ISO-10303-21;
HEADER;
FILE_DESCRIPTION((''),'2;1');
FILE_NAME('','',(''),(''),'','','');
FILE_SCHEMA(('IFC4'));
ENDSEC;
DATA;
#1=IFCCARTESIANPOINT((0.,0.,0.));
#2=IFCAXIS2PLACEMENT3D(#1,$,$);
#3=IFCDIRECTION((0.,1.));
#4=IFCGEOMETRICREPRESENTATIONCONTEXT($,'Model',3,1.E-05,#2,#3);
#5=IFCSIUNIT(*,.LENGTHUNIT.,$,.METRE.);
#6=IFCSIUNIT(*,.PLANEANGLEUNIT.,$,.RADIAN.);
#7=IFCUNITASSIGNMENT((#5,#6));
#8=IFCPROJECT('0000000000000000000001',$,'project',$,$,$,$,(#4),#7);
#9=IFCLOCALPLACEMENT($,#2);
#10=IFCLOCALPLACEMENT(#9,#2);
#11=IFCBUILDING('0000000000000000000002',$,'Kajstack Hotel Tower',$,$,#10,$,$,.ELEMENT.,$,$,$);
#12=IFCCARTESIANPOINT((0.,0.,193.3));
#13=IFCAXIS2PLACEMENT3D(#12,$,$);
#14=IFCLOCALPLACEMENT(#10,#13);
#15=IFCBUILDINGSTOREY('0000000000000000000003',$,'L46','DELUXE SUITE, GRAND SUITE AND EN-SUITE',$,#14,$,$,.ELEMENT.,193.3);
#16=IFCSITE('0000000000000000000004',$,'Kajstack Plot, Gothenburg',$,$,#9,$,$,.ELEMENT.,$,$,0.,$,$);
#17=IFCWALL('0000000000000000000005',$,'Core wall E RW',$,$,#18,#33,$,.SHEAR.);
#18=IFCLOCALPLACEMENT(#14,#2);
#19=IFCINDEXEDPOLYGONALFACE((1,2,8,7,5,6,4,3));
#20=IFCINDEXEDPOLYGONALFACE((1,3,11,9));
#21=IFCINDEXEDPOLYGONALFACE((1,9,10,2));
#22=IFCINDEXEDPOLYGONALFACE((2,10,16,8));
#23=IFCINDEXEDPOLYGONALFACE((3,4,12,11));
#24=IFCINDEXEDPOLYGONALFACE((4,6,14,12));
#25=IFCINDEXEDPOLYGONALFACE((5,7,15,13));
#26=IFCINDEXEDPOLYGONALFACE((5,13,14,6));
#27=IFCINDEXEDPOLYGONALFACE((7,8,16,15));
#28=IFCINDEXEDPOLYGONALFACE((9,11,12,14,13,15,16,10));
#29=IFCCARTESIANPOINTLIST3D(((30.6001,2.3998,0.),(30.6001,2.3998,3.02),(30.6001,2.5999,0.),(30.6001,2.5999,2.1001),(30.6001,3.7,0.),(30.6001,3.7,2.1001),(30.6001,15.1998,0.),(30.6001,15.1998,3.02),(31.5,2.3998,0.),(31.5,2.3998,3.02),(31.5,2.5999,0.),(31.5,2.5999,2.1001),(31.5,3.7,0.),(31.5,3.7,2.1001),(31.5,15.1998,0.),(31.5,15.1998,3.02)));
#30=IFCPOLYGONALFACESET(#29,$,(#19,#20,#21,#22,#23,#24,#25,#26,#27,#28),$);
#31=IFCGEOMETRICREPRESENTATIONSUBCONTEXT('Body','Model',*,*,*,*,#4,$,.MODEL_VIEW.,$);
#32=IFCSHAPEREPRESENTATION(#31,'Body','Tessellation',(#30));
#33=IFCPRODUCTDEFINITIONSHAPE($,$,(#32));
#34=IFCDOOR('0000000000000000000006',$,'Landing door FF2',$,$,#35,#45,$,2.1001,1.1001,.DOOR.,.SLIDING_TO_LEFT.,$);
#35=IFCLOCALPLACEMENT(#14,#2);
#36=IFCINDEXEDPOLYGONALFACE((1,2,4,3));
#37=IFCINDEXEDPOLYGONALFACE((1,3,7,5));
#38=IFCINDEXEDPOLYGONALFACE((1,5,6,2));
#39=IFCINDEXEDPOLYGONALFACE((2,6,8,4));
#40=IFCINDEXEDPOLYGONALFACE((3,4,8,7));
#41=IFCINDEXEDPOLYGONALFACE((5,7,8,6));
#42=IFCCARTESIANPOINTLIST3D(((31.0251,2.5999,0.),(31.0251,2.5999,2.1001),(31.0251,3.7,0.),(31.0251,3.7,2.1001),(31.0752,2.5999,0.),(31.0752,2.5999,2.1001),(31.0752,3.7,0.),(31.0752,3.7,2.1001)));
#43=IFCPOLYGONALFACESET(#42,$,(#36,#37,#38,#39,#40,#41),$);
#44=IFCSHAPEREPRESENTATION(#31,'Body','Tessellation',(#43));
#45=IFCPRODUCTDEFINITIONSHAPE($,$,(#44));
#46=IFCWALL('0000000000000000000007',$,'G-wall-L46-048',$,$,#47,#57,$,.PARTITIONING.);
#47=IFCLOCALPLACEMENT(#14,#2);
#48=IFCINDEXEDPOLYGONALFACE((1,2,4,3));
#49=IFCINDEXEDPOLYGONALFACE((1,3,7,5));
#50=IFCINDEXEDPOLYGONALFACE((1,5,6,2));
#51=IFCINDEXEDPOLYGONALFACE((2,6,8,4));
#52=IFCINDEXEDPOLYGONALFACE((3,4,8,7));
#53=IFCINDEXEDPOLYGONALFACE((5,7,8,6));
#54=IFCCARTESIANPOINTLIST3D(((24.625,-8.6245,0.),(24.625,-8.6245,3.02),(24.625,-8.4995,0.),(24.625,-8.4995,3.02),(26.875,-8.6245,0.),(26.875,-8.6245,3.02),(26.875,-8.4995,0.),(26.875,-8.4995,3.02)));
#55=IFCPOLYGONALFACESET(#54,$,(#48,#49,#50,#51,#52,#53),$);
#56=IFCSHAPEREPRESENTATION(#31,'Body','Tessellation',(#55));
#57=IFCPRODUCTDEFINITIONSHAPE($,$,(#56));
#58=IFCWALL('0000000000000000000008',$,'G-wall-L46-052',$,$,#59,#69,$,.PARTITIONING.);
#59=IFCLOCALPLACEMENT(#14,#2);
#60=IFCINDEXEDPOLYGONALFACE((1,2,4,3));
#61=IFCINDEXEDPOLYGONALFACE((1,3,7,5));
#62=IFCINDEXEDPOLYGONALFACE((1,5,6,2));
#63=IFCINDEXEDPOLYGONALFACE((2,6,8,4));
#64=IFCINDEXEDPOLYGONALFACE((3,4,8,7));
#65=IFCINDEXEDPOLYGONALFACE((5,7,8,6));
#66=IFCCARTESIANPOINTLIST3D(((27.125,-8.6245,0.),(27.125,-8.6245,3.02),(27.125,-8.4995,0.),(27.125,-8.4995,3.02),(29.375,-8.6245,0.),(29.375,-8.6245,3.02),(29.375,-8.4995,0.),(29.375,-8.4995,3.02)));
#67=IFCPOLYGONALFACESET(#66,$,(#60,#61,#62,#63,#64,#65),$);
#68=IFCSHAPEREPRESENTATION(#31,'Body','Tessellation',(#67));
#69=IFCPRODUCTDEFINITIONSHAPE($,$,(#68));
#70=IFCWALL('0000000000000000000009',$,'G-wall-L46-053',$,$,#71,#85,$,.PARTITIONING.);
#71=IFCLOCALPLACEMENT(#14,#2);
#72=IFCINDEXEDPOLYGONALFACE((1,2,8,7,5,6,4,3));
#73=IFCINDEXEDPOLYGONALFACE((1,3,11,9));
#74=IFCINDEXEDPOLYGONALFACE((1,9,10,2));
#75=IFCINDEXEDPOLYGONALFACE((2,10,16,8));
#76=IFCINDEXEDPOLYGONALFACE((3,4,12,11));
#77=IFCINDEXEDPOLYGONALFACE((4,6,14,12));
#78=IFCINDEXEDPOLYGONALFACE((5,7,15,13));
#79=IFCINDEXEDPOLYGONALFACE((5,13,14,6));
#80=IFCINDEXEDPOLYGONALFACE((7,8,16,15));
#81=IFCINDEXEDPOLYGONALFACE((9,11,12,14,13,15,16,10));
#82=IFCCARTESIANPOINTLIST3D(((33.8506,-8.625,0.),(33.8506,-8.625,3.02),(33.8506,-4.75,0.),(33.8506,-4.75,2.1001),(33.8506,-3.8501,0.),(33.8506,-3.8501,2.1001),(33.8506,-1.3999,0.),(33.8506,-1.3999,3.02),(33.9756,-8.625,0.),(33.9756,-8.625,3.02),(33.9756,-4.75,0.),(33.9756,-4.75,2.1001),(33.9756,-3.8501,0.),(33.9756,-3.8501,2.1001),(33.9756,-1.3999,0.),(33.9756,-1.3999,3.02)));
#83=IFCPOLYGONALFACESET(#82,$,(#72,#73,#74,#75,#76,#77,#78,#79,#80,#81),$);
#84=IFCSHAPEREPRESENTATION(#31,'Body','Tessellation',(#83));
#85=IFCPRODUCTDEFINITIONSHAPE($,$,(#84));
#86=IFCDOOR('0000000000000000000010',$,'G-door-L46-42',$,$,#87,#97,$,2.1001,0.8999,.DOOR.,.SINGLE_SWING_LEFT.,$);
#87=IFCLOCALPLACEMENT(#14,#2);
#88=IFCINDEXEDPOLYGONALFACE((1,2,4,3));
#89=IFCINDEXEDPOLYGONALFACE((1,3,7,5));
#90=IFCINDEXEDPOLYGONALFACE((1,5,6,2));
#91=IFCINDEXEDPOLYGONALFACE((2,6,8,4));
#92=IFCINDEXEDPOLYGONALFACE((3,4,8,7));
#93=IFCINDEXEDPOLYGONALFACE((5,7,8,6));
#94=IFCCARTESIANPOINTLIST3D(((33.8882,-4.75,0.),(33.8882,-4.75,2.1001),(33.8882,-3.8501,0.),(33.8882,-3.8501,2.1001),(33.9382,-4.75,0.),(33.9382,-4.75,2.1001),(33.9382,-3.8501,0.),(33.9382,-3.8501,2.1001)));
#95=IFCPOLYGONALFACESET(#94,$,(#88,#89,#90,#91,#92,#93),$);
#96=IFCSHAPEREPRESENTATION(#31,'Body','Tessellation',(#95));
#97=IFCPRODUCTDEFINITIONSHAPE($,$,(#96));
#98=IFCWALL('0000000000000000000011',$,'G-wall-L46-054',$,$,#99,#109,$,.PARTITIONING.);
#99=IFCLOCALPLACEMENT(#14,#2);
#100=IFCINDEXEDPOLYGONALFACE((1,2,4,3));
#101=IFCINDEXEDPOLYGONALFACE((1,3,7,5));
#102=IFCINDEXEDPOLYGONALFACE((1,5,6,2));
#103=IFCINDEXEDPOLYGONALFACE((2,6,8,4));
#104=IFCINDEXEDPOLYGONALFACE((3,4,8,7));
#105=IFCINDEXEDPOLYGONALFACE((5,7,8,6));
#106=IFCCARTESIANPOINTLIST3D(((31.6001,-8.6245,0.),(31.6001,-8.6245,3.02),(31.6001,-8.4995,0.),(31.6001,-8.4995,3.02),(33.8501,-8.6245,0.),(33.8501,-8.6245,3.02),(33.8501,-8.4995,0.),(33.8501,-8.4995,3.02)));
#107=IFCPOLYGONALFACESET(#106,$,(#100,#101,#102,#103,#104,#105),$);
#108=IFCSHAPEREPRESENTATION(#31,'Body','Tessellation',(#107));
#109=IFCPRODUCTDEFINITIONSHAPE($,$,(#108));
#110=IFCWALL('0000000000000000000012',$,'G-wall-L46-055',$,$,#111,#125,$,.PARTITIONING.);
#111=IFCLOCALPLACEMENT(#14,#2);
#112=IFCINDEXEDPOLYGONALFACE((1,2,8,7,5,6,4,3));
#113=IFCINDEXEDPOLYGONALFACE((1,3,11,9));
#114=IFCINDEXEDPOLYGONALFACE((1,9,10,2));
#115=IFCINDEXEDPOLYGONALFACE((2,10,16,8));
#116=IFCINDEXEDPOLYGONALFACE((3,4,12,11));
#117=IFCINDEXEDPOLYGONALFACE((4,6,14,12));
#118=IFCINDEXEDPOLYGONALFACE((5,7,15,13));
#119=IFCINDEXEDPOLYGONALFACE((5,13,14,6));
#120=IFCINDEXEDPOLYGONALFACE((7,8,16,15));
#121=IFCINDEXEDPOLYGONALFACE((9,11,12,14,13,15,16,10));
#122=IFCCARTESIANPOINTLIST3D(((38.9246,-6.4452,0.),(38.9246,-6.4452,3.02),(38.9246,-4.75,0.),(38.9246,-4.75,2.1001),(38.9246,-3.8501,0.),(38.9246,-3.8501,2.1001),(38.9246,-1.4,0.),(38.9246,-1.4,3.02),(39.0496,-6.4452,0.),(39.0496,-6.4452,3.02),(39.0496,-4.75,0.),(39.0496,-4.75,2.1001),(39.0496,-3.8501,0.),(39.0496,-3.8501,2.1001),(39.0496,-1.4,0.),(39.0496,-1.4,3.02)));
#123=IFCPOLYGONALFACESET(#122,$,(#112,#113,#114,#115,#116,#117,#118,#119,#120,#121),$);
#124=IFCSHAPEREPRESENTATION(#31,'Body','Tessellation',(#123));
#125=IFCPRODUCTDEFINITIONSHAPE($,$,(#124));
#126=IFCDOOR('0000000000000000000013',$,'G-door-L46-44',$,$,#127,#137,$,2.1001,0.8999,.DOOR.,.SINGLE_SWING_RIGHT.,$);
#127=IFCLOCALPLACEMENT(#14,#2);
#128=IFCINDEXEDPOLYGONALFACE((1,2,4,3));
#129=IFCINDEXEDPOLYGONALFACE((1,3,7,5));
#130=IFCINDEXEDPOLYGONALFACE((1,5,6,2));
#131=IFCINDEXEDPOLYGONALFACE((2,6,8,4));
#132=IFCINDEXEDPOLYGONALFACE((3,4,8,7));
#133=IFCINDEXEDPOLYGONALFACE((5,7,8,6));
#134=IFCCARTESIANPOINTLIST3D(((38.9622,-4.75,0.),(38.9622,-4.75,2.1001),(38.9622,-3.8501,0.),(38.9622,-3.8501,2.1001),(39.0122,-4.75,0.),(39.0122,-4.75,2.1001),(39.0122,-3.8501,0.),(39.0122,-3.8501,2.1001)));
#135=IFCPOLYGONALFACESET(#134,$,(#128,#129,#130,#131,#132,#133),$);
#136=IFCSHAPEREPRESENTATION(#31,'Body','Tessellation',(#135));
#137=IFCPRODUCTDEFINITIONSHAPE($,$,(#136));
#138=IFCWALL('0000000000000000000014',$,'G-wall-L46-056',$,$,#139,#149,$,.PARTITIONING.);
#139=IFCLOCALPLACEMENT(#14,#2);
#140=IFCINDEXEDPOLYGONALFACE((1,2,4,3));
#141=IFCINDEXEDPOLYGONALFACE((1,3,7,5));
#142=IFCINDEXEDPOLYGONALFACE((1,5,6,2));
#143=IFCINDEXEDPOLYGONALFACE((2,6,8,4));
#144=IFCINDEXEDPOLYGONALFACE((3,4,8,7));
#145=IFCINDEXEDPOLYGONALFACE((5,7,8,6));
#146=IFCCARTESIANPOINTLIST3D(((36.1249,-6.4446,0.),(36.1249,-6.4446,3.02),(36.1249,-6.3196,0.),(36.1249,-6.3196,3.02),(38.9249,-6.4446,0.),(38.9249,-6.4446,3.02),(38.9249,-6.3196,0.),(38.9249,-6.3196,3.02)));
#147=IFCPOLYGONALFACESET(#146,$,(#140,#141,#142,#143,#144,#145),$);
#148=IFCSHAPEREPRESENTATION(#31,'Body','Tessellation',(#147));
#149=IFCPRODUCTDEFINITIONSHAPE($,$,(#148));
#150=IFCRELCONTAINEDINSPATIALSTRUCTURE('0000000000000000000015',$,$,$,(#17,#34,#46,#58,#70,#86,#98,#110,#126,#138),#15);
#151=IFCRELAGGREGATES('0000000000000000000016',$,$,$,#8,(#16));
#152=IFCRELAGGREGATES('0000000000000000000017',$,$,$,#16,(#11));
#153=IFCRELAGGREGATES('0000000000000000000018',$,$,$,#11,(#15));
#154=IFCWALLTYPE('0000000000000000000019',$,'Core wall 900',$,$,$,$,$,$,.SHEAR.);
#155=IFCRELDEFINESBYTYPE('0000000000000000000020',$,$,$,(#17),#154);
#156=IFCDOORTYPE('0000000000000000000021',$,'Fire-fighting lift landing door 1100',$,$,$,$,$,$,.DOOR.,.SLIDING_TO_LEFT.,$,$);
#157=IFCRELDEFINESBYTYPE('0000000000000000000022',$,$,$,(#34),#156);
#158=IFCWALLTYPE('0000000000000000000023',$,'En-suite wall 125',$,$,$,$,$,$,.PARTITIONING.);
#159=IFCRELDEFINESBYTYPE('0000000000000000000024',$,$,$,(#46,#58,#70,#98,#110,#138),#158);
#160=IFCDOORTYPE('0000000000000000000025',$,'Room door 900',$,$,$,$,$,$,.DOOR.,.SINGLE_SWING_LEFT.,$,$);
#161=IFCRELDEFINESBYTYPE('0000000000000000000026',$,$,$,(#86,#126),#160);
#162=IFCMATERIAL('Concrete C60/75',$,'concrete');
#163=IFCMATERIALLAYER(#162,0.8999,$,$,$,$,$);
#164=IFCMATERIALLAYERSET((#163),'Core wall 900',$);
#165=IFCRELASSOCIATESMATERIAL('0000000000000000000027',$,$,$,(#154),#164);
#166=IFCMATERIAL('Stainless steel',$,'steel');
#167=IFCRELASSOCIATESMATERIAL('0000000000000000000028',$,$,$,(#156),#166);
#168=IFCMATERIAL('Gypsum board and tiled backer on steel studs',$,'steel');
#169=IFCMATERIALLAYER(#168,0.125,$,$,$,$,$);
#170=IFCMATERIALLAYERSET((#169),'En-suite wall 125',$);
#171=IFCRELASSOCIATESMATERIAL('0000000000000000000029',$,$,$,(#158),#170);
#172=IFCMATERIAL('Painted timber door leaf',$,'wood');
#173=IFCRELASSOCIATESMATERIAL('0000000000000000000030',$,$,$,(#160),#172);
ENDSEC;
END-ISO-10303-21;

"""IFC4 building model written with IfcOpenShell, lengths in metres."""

from ifc_helpers import new_model, si_unit, direction, frame, frame_2d, origin, place, context, subcontext, project, spatial, rectangle, extrude, material, layer, layer_set, type_object, element, fill, save


model = new_model("IFC4")

# Units and contexts
model_context = context("Model", 3, precision=1e-05, world=origin(), true_north=direction((0.0, 1.0)))
body_context = subcontext(model_context, "Body", "Model", "MODEL_VIEW")
ifc_project = project(units=[si_unit("LENGTHUNIT", "METRE"), si_unit("PLANEANGLEUNIT", "RADIAN")], contexts=[model_context])

# Site, building, storey
site_placement = place(None, origin())
site = spatial("IfcSite", under=ifc_project, at=site_placement, Name="Kajstack Plot, Gothenburg", CompositionType="ELEMENT", RefElevation=0.0)
building_placement = place(site_placement, origin())
building = spatial("IfcBuilding", under=site, at=building_placement, Name="Kajstack Hotel Tower", CompositionType="ELEMENT")
storey_placement = place(building_placement, frame((0.0, 0.0, 193.3)))
storey = spatial("IfcBuildingStorey", under=building, at=storey_placement, Name="L46", Description="DELUXE SUITE, GRAND SUITE AND EN-SUITE", CompositionType="ELEMENT", Elevation=193.3)

# Wall, opening, door
ifc_material_1 = material(Name="Concrete C60/75", Category="concrete")
ifc_layer_1 = layer(ifc_material_1, 0.8999)
ifc_layer_set_1 = layer_set([ifc_layer_1], Name="Core wall 900")
wall_type_1 = type_object("IfcWallType", Name="Core wall 900", PredefinedType="SHEAR", material=ifc_layer_set_1)
wall_1_placement = place(storey_placement, frame((31.05, 2.3999, 0.0), z_axis=(0.0, 0.0, 1.0), x_axis=(0.0, 1.0, 0.0)))
wall_1 = element("IfcWall", 1, at=wall_1_placement, inside=storey, type_object=wall_type_1, Name="Core wall E RW", PredefinedType="SHEAR", context=body_context, shape_type="SweptSolid", body=[
    extrude(rectangle(XDim=12.8, YDim=0.8999, at=frame_2d((6.3999, 0.0))), origin(), (0.0, 0.0, 1.0), 3.02),
])
opening_1_placement = place(wall_1_placement, frame((0.2, 0.0, 0.0)))
opening_1 = element("IfcOpeningElement", 2, at=opening_1_placement, cuts=wall_1, PredefinedType="OPENING", context=body_context, shape_type="SweptSolid", body=[
    extrude(rectangle(XDim=1.1001, YDim=2.1001, at=frame_2d((0.55, 1.05))), frame((0.0, 0.46, 0.0), z_axis=(0.0, -1.0, 0.0), x_axis=(1.0, 0.0, 0.0)), (0.0, 0.0, 1.0), 0.9199),
])
ifc_material_2 = material(Name="Stainless steel", Category="steel")
door_type_1 = type_object("IfcDoorType", Name="Fire-fighting lift landing door 1100", OperationType="SLIDING_TO_LEFT", PredefinedType="DOOR", material=ifc_material_2)
door_1_placement = place(opening_1_placement, origin())
door_1 = element("IfcDoor", 3, at=door_1_placement, inside=storey, type_object=door_type_1, Name="Landing door FF2", OperationType="SLIDING_TO_LEFT", OverallHeight=2.1001, OverallWidth=1.1001, PredefinedType="DOOR", context=body_context, shape_type="SweptSolid", body=[
    extrude(rectangle(XDim=1.1001, YDim=2.1001, at=frame_2d((0.55, 1.05))), frame((0.0, 0.0249, 0.0), z_axis=(0.0, -1.0, 0.0), x_axis=(1.0, 0.0, 0.0)), (0.0, 0.0, 1.0), 0.05),
])
fill(opening_1, door_1)

# Walls
ifc_material_3 = material(Name="Gypsum board and tiled backer on steel studs", Category="steel")
ifc_layer_2 = layer(ifc_material_3, 0.125)
ifc_layer_set_2 = layer_set([ifc_layer_2], Name="En-suite wall 125")
wall_type_2 = type_object("IfcWallType", Name="En-suite wall 125", PredefinedType="PARTITIONING", material=ifc_layer_set_2)
for number, where, z_axis, x_axis, name in (
    (4, (24.625, -8.562, 0.0), (0.0, 0.0, 1.0), (1.0, 0.0, 0.0), "G-wall-L46-048"),
    (5, (27.125, -8.562, 0.0), (0.0, 0.0, 1.0), (1.0, 0.0, 0.0), "G-wall-L46-052"),
):
    element("IfcWall", number, at=place(storey_placement, frame(where, z_axis=z_axis, x_axis=x_axis)), inside=storey, type_object=wall_type_2, Name=name, PredefinedType="PARTITIONING", context=body_context, shape_type="SweptSolid", body=[
        extrude(rectangle(XDim=2.25, YDim=0.125, at=frame_2d((1.125, 0.0))), origin(), (0.0, 0.0, 1.0), 3.02),
    ])

# Wall, opening, door
wall_2_placement = place(storey_placement, frame((33.9131, -8.625, 0.0), z_axis=(0.0, 0.0, 1.0), x_axis=(0.0, 1.0, 0.0)))
wall_2 = element("IfcWall", 6, at=wall_2_placement, inside=storey, type_object=wall_type_2, Name="G-wall-L46-053", PredefinedType="PARTITIONING", context=body_context, shape_type="SweptSolid", body=[
    extrude(rectangle(XDim=7.2251, YDim=0.125, at=frame_2d((3.6125, 0.0))), origin(), (0.0, 0.0, 1.0), 3.02),
])
opening_2_placement = place(wall_2_placement, frame((3.875, 0.0, 0.0)))
opening_2 = element("IfcOpeningElement", 7, at=opening_2_placement, cuts=wall_2, PredefinedType="OPENING", context=body_context, shape_type="SweptSolid", body=[
    extrude(rectangle(XDim=0.8999, YDim=2.1001, at=frame_2d((0.45, 1.05))), frame((0.0, 0.0725, 0.0), z_axis=(0.0, -1.0, 0.0), x_axis=(1.0, 0.0, 0.0)), (0.0, 0.0, 1.0), 0.145),
])
ifc_material_4 = material(Name="Painted timber door leaf", Category="wood")
door_type_2 = type_object("IfcDoorType", Name="Room door 900", OperationType="SINGLE_SWING_LEFT", PredefinedType="DOOR", material=ifc_material_4)
door_2_placement = place(opening_2_placement, origin())
door_2 = element("IfcDoor", 8, at=door_2_placement, inside=storey, type_object=door_type_2, Name="G-door-L46-42", OperationType="SINGLE_SWING_LEFT", OverallHeight=2.1001, OverallWidth=0.8999, PredefinedType="DOOR", context=body_context, shape_type="SweptSolid", body=[
    extrude(rectangle(XDim=0.8999, YDim=2.1001, at=frame_2d((0.45, 1.05))), frame((0.0, 0.0249, 0.0), z_axis=(0.0, -1.0, 0.0), x_axis=(1.0, 0.0, 0.0)), (0.0, 0.0, 1.0), 0.05),
])
fill(opening_2, door_2)

# Wall
wall_3_placement = place(storey_placement, frame((31.6001, -8.562, 0.0), z_axis=(0.0, 0.0, 1.0), x_axis=(1.0, 0.0, 0.0)))
element("IfcWall", 9, at=wall_3_placement, inside=storey, type_object=wall_type_2, Name="G-wall-L46-054", PredefinedType="PARTITIONING", context=body_context, shape_type="SweptSolid", body=[
    extrude(rectangle(XDim=2.25, YDim=0.125, at=frame_2d((1.125, 0.0))), origin(), (0.0, 0.0, 1.0), 3.02),
])

# Wall, opening, door
wall_4_placement = place(storey_placement, frame((38.9871, -6.4451, 0.0), z_axis=(0.0, 0.0, 1.0), x_axis=(0.0, 1.0, 0.0)))
wall_4 = element("IfcWall", 10, at=wall_4_placement, inside=storey, type_object=wall_type_2, Name="G-wall-L46-055", PredefinedType="PARTITIONING", context=body_context, shape_type="SweptSolid", body=[
    extrude(rectangle(XDim=5.0452, YDim=0.125, at=frame_2d((2.5225, 0.0))), origin(), (0.0, 0.0, 1.0), 3.02),
])
opening_3_placement = place(wall_4_placement, frame((1.6951, 0.0, 0.0)))
opening_3 = element("IfcOpeningElement", 11, at=opening_3_placement, cuts=wall_4, PredefinedType="OPENING", context=body_context, shape_type="SweptSolid", body=[
    extrude(rectangle(XDim=0.8999, YDim=2.1001, at=frame_2d((0.45, 1.05))), frame((0.0, 0.0725, 0.0), z_axis=(0.0, -1.0, 0.0), x_axis=(1.0, 0.0, 0.0)), (0.0, 0.0, 1.0), 0.145),
])
door_3_placement = place(opening_3_placement, origin())
door_3 = element("IfcDoor", 12, at=door_3_placement, inside=storey, type_object=door_type_2, Name="G-door-L46-44", OperationType="SINGLE_SWING_RIGHT", OverallHeight=2.1001, OverallWidth=0.8999, PredefinedType="DOOR", context=body_context, shape_type="SweptSolid", body=[
    extrude(rectangle(XDim=0.8999, YDim=2.1001, at=frame_2d((0.45, 1.05))), frame((0.0, 0.0249, 0.0), z_axis=(0.0, -1.0, 0.0), x_axis=(1.0, 0.0, 0.0)), (0.0, 0.0, 1.0), 0.05),
])
fill(opening_3, door_3)

# Wall
wall_5_placement = place(storey_placement, frame((36.125, -6.3821, 0.0), z_axis=(0.0, 0.0, 1.0), x_axis=(1.0, 0.0, 0.0)))
element("IfcWall", 13, at=wall_5_placement, inside=storey, type_object=wall_type_2, Name="G-wall-L46-056", PredefinedType="PARTITIONING", context=body_context, shape_type="SweptSolid", body=[
    extrude(rectangle(XDim=2.8, YDim=0.125, at=frame_2d((1.3999, 0.0))), origin(), (0.0, 0.0, 1.0), 3.02),
])

save(model, "model.ifc")
